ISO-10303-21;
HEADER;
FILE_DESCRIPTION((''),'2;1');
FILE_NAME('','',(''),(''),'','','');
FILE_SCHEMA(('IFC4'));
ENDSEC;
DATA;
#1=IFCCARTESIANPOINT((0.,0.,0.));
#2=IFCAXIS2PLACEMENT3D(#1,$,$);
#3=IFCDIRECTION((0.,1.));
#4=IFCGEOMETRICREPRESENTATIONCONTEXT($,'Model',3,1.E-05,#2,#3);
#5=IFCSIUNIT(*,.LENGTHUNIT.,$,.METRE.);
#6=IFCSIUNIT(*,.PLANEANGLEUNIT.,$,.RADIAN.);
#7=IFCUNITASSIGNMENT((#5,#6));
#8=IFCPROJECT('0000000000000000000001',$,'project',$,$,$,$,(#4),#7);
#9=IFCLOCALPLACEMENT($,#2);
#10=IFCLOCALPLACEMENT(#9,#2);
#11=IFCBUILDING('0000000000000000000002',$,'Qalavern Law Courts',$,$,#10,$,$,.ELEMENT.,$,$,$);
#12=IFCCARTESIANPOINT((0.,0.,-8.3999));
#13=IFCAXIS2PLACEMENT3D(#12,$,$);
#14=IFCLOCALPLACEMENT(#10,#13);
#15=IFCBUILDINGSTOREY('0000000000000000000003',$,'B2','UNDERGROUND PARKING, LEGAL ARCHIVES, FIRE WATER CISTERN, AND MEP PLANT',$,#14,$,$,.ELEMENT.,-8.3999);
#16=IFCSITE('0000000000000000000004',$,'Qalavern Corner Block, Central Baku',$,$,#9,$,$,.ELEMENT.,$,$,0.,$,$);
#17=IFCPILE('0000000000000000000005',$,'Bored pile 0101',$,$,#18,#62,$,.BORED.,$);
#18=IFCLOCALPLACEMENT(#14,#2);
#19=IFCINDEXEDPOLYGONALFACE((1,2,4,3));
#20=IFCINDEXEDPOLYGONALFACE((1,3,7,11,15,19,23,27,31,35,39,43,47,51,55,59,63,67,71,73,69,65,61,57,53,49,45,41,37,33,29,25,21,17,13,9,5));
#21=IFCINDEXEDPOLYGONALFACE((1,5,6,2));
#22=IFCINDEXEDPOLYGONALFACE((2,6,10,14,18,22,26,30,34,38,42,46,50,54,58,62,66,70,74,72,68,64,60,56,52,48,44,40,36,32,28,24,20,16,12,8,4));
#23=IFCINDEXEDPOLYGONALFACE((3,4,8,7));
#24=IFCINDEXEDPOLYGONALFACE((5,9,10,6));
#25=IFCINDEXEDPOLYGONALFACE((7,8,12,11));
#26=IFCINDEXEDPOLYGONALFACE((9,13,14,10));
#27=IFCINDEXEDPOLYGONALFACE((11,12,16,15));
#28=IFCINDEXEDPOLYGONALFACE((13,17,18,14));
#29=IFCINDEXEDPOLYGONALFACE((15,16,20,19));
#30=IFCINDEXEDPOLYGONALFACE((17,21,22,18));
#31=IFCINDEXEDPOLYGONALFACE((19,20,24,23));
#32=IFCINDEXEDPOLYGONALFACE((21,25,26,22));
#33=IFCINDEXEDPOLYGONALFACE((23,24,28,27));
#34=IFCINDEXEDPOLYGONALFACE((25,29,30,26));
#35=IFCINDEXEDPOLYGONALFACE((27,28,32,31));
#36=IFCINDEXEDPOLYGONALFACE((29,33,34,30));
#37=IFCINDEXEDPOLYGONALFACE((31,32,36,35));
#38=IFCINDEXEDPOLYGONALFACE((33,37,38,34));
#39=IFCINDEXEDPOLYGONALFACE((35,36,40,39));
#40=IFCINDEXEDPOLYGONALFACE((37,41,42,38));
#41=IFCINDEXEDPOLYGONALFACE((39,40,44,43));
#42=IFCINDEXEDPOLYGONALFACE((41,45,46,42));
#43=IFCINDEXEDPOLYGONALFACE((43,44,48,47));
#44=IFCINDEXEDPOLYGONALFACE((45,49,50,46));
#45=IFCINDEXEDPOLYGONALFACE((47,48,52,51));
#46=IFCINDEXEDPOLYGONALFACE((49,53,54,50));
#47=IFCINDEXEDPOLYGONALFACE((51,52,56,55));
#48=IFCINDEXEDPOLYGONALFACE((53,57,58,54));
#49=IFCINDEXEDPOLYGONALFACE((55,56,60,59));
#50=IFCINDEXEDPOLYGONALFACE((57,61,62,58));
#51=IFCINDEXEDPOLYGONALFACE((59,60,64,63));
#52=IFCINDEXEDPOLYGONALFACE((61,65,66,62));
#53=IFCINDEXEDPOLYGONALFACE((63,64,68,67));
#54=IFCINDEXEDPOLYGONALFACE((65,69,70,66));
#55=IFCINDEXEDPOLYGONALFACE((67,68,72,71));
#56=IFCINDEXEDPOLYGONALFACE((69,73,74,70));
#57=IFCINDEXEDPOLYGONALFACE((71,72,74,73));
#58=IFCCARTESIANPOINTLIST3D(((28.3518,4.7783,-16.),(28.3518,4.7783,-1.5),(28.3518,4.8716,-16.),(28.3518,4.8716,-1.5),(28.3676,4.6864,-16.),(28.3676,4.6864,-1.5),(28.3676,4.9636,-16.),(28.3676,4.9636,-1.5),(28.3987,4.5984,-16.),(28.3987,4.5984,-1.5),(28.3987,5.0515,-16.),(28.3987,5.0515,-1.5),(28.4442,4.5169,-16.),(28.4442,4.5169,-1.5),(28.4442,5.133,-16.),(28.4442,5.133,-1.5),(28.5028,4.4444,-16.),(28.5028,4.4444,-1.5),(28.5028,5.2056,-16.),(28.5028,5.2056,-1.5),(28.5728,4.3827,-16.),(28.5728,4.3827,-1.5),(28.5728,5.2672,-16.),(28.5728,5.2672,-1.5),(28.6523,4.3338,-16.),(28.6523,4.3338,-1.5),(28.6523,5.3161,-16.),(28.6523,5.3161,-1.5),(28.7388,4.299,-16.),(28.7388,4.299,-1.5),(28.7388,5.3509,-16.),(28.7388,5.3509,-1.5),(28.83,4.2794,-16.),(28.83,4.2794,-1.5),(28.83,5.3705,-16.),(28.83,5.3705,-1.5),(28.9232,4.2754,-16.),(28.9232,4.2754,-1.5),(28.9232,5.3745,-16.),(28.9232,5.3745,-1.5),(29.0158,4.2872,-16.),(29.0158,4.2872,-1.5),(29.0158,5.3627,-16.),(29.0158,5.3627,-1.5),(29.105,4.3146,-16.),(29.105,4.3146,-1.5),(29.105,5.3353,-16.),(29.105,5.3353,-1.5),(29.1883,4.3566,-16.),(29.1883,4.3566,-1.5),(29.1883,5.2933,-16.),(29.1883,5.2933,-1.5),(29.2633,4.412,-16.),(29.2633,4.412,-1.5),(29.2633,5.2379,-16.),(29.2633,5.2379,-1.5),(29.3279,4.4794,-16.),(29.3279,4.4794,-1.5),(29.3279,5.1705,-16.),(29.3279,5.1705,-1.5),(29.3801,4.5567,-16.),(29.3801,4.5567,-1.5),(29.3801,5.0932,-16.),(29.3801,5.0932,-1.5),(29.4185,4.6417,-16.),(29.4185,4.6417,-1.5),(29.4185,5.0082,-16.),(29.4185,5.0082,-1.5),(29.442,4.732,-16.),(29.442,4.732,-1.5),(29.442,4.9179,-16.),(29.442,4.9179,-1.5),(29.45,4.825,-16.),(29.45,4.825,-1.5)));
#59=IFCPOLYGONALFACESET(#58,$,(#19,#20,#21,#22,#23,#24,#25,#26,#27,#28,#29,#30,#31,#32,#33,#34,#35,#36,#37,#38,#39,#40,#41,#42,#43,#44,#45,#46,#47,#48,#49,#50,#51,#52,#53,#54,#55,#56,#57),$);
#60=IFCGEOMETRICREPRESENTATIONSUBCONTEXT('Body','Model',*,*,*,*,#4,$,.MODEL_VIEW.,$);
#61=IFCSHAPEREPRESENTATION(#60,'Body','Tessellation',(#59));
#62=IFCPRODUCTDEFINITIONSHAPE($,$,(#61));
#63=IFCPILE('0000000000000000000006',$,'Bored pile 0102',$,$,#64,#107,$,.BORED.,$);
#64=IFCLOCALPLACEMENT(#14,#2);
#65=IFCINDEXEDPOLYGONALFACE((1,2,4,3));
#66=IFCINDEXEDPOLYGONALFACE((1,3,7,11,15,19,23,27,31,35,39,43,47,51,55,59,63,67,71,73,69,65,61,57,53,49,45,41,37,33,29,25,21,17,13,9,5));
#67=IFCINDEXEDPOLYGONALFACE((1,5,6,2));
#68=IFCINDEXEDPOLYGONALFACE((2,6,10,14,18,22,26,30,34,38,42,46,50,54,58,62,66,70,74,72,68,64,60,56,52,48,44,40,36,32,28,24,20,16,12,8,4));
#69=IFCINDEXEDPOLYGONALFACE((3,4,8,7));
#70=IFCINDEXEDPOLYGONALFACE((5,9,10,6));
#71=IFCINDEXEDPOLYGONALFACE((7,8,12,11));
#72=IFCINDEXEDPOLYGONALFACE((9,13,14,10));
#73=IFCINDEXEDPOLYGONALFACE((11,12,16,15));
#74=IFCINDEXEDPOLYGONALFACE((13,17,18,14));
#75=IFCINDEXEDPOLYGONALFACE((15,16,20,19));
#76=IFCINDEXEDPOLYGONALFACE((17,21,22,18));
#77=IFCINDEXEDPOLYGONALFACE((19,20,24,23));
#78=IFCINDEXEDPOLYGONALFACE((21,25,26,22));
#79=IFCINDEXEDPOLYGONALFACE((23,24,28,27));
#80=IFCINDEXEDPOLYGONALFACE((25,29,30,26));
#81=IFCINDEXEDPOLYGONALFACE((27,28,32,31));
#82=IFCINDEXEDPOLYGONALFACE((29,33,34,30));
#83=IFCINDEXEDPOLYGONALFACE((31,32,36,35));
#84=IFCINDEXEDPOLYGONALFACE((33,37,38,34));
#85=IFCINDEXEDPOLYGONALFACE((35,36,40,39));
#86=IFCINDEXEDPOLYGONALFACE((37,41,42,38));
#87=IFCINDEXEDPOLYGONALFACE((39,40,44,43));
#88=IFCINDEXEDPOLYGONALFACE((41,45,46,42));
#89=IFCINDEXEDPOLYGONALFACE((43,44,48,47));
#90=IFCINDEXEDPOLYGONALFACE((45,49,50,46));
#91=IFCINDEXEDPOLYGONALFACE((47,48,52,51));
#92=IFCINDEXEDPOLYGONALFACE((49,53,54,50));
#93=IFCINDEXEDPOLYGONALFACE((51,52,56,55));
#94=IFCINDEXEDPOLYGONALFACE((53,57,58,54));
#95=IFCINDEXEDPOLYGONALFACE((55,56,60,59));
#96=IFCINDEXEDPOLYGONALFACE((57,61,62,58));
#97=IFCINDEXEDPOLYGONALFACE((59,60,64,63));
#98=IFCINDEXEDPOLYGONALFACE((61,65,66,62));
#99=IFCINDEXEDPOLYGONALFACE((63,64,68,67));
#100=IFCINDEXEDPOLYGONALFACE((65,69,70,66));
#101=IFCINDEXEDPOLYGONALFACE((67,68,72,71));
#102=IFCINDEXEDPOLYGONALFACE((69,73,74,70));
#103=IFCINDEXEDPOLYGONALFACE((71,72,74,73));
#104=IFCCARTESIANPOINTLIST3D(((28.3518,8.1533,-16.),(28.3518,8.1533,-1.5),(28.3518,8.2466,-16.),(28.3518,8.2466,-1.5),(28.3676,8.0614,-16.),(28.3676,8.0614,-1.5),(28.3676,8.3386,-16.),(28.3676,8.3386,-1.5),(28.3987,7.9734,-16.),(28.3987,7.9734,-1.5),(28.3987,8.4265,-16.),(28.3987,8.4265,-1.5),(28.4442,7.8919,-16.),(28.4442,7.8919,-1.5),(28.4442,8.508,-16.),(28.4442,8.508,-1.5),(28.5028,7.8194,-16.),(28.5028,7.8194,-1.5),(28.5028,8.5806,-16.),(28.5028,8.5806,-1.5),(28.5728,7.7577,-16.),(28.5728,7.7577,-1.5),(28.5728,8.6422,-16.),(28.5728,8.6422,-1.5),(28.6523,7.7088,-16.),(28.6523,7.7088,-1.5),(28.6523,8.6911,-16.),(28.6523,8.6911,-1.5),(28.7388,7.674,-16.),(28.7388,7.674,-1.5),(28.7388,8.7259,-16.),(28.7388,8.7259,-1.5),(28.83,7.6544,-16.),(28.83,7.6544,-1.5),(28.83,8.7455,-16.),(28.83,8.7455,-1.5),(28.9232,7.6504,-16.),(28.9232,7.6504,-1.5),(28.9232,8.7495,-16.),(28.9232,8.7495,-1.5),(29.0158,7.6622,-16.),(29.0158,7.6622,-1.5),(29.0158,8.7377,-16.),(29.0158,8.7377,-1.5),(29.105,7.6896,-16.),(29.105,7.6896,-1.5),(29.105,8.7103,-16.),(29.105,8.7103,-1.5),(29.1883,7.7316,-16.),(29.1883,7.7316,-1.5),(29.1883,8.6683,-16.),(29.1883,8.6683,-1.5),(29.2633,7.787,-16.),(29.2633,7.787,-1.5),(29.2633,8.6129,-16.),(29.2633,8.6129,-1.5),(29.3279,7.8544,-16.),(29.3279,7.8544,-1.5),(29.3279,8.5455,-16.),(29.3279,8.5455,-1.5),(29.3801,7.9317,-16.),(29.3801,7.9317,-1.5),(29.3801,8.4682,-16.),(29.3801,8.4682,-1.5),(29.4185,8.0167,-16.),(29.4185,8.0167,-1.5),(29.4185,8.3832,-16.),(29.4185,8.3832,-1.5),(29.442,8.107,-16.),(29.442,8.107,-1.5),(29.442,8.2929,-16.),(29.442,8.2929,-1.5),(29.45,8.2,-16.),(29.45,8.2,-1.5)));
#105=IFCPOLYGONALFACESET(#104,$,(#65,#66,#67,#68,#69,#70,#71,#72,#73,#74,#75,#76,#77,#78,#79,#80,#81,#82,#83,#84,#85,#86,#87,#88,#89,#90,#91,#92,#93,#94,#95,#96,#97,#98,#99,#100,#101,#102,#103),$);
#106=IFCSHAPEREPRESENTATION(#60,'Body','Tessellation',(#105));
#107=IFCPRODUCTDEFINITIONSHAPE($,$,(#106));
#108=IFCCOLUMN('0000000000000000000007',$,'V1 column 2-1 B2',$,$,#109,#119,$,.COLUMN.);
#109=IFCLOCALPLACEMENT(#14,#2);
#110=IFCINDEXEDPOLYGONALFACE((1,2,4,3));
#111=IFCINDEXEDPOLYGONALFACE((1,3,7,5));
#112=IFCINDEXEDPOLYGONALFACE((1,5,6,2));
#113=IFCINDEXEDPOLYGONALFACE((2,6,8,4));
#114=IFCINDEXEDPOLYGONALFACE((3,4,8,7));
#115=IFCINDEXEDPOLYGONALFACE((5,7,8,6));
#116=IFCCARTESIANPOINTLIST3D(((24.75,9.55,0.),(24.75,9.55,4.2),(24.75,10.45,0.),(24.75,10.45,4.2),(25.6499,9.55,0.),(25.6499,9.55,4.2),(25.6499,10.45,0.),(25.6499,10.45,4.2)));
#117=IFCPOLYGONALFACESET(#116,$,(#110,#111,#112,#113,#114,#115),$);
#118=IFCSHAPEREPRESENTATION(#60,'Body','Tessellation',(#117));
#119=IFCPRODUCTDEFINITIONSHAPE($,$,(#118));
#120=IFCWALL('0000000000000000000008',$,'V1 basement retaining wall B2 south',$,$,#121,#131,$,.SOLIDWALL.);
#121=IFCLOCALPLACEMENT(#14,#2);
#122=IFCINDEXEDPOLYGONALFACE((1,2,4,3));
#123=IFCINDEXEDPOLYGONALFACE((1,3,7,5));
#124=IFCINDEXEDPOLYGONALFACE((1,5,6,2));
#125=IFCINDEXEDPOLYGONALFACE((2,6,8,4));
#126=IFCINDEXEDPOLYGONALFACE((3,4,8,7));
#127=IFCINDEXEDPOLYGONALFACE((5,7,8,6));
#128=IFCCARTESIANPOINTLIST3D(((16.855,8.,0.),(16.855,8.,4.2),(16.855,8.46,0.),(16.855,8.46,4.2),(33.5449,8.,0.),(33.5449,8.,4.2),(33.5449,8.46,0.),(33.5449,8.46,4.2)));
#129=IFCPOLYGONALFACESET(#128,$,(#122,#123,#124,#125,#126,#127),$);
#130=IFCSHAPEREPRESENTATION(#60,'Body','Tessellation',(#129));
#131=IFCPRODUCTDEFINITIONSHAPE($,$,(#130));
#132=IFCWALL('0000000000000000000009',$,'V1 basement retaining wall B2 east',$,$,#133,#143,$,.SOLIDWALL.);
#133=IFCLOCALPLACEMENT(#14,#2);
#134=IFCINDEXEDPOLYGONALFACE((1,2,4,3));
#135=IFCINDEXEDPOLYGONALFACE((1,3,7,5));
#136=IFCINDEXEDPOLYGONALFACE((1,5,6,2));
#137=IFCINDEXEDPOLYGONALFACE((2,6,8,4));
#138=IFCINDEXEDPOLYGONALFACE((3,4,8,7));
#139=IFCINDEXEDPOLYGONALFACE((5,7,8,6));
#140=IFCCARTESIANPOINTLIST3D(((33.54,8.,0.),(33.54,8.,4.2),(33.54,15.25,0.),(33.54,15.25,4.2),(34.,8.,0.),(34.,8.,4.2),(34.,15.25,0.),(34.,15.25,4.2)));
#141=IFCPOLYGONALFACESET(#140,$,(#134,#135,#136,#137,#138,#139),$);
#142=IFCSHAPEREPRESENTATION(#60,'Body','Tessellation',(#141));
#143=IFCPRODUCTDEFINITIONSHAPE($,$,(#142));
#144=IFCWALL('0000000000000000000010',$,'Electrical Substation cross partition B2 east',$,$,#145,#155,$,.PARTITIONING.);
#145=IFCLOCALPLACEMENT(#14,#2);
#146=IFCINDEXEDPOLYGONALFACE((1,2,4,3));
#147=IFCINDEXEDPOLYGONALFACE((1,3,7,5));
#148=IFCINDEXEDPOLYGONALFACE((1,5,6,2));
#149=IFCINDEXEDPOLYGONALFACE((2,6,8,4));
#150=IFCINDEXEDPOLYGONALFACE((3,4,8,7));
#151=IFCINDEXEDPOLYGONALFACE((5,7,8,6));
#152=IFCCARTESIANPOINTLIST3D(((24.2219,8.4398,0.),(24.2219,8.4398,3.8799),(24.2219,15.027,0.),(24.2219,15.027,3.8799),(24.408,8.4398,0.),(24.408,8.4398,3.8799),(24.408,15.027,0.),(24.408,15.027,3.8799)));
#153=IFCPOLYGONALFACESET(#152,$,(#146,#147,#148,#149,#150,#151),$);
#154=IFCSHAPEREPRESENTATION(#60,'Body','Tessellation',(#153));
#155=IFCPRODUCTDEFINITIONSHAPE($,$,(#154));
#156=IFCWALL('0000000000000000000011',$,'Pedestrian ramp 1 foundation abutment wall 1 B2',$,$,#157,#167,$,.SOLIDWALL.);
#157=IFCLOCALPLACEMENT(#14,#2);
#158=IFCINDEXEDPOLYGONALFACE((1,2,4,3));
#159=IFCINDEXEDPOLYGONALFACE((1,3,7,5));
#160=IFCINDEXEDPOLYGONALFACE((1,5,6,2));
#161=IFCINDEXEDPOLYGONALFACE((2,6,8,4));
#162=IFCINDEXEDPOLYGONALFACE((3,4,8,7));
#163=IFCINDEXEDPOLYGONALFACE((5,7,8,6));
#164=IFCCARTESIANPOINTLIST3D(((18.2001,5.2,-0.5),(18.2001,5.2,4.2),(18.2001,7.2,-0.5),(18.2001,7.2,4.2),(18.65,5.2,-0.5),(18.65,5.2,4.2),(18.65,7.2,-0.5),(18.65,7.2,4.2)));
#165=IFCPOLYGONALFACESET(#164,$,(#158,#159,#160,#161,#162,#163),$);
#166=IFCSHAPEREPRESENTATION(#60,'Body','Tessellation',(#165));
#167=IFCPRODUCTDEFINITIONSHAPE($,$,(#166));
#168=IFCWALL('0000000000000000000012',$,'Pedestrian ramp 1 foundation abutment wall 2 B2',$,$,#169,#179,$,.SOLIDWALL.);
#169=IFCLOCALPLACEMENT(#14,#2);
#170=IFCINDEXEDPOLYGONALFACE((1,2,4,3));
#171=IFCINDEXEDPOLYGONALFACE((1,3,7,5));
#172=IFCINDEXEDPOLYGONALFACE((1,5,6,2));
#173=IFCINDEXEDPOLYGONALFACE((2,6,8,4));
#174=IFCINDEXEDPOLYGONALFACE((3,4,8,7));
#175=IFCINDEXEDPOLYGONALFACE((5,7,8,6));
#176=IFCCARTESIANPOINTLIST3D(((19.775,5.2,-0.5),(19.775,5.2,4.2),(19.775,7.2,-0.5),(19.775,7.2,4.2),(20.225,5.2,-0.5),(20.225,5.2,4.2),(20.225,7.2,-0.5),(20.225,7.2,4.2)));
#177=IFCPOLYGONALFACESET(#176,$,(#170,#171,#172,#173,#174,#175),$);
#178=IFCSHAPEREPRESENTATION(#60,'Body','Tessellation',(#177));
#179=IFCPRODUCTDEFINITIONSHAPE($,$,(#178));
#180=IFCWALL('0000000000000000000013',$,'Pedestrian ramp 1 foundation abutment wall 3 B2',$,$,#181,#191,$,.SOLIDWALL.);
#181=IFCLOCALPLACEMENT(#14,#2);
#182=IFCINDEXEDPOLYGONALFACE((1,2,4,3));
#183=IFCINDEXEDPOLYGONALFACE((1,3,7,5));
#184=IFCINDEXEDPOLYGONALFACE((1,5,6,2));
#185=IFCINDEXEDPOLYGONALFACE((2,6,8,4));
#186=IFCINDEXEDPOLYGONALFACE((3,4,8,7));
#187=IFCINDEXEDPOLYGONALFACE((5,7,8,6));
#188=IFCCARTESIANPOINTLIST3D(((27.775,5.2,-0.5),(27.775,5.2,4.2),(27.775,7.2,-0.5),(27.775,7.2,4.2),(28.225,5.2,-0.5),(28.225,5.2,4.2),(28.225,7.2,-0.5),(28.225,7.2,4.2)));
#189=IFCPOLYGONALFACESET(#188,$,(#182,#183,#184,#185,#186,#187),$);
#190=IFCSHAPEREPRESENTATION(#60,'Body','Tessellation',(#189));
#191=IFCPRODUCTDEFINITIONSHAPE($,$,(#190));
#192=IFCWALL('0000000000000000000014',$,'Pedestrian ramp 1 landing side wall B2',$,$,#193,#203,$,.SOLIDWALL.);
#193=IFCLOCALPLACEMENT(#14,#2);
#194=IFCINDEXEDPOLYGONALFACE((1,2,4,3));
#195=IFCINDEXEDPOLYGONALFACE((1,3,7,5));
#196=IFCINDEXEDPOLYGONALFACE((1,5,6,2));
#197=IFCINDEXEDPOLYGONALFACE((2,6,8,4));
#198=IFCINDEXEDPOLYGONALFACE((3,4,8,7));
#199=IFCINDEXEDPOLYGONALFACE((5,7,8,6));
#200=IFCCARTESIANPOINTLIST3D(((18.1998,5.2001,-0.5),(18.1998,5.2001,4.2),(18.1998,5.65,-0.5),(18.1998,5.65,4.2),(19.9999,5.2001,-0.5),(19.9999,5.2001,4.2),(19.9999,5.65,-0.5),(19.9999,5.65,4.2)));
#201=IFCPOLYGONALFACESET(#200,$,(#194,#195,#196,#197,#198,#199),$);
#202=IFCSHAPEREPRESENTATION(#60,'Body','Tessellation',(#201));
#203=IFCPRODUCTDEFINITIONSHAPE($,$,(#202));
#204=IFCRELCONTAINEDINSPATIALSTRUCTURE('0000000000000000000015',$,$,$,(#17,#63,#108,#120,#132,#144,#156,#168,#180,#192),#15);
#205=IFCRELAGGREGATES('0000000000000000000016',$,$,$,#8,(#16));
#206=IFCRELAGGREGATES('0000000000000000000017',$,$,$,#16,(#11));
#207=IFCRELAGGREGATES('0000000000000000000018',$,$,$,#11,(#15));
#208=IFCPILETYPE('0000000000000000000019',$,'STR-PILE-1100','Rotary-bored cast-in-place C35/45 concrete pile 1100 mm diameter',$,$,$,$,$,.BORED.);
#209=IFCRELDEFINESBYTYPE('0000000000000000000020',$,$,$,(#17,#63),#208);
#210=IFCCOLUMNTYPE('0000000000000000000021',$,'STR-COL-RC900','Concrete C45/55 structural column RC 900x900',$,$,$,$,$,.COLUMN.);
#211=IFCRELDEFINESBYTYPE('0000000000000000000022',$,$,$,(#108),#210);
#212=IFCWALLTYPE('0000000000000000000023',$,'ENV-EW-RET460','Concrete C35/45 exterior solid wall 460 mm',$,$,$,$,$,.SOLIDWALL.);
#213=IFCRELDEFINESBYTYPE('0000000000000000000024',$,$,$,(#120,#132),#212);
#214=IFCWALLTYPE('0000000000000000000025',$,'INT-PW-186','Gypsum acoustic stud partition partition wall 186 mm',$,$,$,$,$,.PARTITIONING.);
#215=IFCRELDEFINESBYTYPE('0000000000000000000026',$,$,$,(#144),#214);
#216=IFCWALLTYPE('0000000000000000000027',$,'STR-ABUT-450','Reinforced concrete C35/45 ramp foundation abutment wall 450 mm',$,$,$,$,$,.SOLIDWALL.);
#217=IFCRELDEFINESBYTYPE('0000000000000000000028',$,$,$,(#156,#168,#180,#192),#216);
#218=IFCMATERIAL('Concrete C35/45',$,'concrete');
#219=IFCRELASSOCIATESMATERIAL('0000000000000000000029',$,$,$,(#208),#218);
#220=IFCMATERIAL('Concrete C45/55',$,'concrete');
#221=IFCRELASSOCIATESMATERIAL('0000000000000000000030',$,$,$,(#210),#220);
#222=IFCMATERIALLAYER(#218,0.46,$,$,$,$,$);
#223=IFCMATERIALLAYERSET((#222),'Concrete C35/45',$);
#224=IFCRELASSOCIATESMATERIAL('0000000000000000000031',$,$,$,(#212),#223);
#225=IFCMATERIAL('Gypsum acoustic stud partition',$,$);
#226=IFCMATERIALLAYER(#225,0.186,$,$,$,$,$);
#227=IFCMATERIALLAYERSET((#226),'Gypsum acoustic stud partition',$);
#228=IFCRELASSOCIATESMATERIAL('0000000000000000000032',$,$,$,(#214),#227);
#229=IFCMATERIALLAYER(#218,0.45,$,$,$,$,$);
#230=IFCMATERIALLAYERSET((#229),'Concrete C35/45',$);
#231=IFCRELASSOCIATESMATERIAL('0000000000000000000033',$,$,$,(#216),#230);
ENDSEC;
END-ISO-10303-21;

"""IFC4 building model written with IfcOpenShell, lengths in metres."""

from ifc_helpers import new_model, si_unit, direction, frame, frame_2d, origin, origin_2d, place, context, subcontext, project, spatial, rectangle, circle, extrude, material, layer, layer_set, material_profile, profile_set, type_object, element, save


model = new_model("IFC4")

# Units and contexts
model_context = context("Model", 3, precision=1e-05, world=origin(), true_north=direction((0.0, 1.0)))
body_context = subcontext(model_context, "Body", "Model", "MODEL_VIEW")
ifc_project = project(units=[si_unit("LENGTHUNIT", "METRE"), si_unit("PLANEANGLEUNIT", "RADIAN")], contexts=[model_context])

# Site, building, storey
site_placement = place(None, origin())
site = spatial("IfcSite", under=ifc_project, at=site_placement, Name="Qalavern Corner Block, Central Baku", CompositionType="ELEMENT", RefElevation=0.0)
building_placement = place(site_placement, origin())
building = spatial("IfcBuilding", under=site, at=building_placement, Name="Qalavern Law Courts", CompositionType="ELEMENT")
storey_placement = place(building_placement, frame((0.0, 0.0, -8.3999)))
storey = spatial("IfcBuildingStorey", under=building, at=storey_placement, Name="B2", Description="UNDERGROUND PARKING, LEGAL ARCHIVES, FIRE WATER CISTERN, AND MEP PLANT", CompositionType="ELEMENT", Elevation=-8.3999)

# Shared definitions
ifc_material_1 = material(Name="Concrete C35/45", Category="concrete")

# Piles
ifc_material_profile_1 = material_profile(ifc_material_1, circle(Radius=0.55, at=origin_2d()), Name="BORED PILE 1100")
ifc_profile_set_1 = profile_set([ifc_material_profile_1], Name="Concrete C35/45")
pile_type = type_object("IfcPileType", Name="STR-PILE-1100", Description="Rotary-bored cast-in-place C35/45 concrete pile 1100 mm diameter", PredefinedType="BORED", material=ifc_profile_set_1)
for number, where, z_axis, x_axis, name in (
    (1, (28.8999, 4.825, -1.5), (0.0, 0.0, -1.0), (1.0, 0.0, 0.0), "Bored pile 0101"),
    (2, (28.8999, 8.2, -1.5), (0.0, 0.0, -1.0), (1.0, 0.0, 0.0), "Bored pile 0102"),
):
    element("IfcPile", number, at=place(storey_placement, frame(where, z_axis=z_axis, x_axis=x_axis)), inside=storey, type_object=pile_type, Name=name, PredefinedType="BORED", context=body_context, shape_type="SweptSolid", body=[
        extrude(circle(Radius=0.55, at=origin_2d()), origin(), (0.0, 0.0, 1.0), 14.5),
    ])

# Column
ifc_material_2 = material(Name="Concrete C45/55", Category="concrete")
ifc_material_profile_2 = material_profile(ifc_material_2, rectangle(XDim=0.8999, YDim=0.8999, at=origin_2d()), Name="RC 900x900")
ifc_profile_set_2 = profile_set([ifc_material_profile_2], Name="Concrete C45/55")
column_type = type_object("IfcColumnType", Name="STR-COL-RC900", Description="Concrete C45/55 structural column RC 900x900", PredefinedType="COLUMN", material=ifc_profile_set_2)
column_placement = place(storey_placement, frame((25.2, 10.0, 0.0), z_axis=(0.0, 0.0, 1.0), x_axis=(1.0, 0.0, 0.0)))
element("IfcColumn", 3, at=column_placement, inside=storey, type_object=column_type, Name="V1 column 2-1 B2", PredefinedType="COLUMN", context=body_context, shape_type="SweptSolid", body=[
    extrude(rectangle(XDim=0.8999, YDim=0.8999, at=origin_2d()), origin(), (0.0, 0.0, 1.0), 4.2),
])

# Walls
ifc_layer_1 = layer(ifc_material_1, 0.46)
ifc_layer_set_1 = layer_set([ifc_layer_1], Name="Concrete C35/45")
wall_type_1 = type_object("IfcWallType", Name="ENV-EW-RET460", Description="Concrete C35/45 exterior solid wall 460 mm", PredefinedType="SOLIDWALL", material=ifc_layer_set_1)
wall_1_placement = place(storey_placement, frame((16.855, 8.23, 0.0), z_axis=(0.0, 0.0, 1.0), x_axis=(1.0, 0.0, 0.0)))
element("IfcWall", 4, at=wall_1_placement, inside=storey, type_object=wall_type_1, Name="V1 basement retaining wall B2 south", PredefinedType="SOLIDWALL", context=body_context, shape_type="SweptSolid", body=[
    extrude(rectangle(XDim=16.6899, YDim=0.46, at=frame_2d((8.345, 0.0))), origin(), (0.0, 0.0, 1.0), 4.2),
])
wall_2_placement = place(storey_placement, frame((33.77, 8.0, 0.0), z_axis=(0.0, 0.0, 1.0), x_axis=(0.0, 1.0, 0.0)))
element("IfcWall", 5, at=wall_2_placement, inside=storey, type_object=wall_type_1, Name="V1 basement retaining wall B2 east", PredefinedType="SOLIDWALL", context=body_context, shape_type="SweptSolid", body=[
    extrude(rectangle(XDim=7.25, YDim=0.46, at=frame_2d((3.625, 0.0))), origin(), (0.0, 0.0, 1.0), 4.2),
])
ifc_material_3 = material(Name="Gypsum acoustic stud partition")
ifc_layer_2 = layer(ifc_material_3, 0.186)
ifc_layer_set_2 = layer_set([ifc_layer_2], Name="Gypsum acoustic stud partition")
wall_type_2 = type_object("IfcWallType", Name="INT-PW-186", Description="Gypsum acoustic stud partition partition wall 186 mm", PredefinedType="PARTITIONING", material=ifc_layer_set_2)
wall_3_placement = place(storey_placement, frame((24.3149, 8.4399, 0.0), z_axis=(0.0, 0.0, 1.0), x_axis=(0.0, 1.0, 0.0)))
element("IfcWall", 6, at=wall_3_placement, inside=storey, type_object=wall_type_2, Name="Electrical Substation cross partition B2 east", PredefinedType="PARTITIONING", context=body_context, shape_type="SweptSolid", body=[
    extrude(rectangle(XDim=6.5872, YDim=0.186, at=frame_2d((3.2935, 0.0))), origin(), (0.0, 0.0, 1.0), 3.8799),
])
ifc_layer_3 = layer(ifc_material_1, 0.45)
ifc_layer_set_3 = layer_set([ifc_layer_3], Name="Concrete C35/45")
wall_type_3 = type_object("IfcWallType", Name="STR-ABUT-450", Description="Reinforced concrete C35/45 ramp foundation abutment wall 450 mm", PredefinedType="SOLIDWALL", material=ifc_layer_set_3)
for number, where, z_axis, x_axis, name in (
    (7, (18.425, 5.2, -0.5), (0.0, 0.0, 1.0), (0.0, 1.0, 0.0), "Pedestrian ramp 1 foundation abutment wall 1 B2"),
    (8, (20.0, 5.2, -0.5), (0.0, 0.0, 1.0), (0.0, 1.0, 0.0), "Pedestrian ramp 1 foundation abutment wall 2 B2"),
    (9, (28.0, 5.2, -0.5), (0.0, 0.0, 1.0), (0.0, 1.0, 0.0), "Pedestrian ramp 1 foundation abutment wall 3 B2"),
):
    element("IfcWall", number, at=place(storey_placement, frame(where, z_axis=z_axis, x_axis=x_axis)), inside=storey, type_object=wall_type_3, Name=name, PredefinedType="SOLIDWALL", context=body_context, shape_type="SweptSolid", body=[
        extrude(rectangle(XDim=2.0, YDim=0.45, at=frame_2d((1.0, 0.0))), origin(), (0.0, 0.0, 1.0), 4.7),
    ])
wall_4_placement = place(storey_placement, frame((18.2, 5.425, -0.5), z_axis=(0.0, 0.0, 1.0), x_axis=(1.0, 0.0, 0.0)))
element("IfcWall", 10, at=wall_4_placement, inside=storey, type_object=wall_type_3, Name="Pedestrian ramp 1 landing side wall B2", PredefinedType="SOLIDWALL", context=body_context, shape_type="SweptSolid", body=[
    extrude(rectangle(XDim=1.8, YDim=0.45, at=frame_2d((0.8999, 0.0))), origin(), (0.0, 0.0, 1.0), 4.7),
])

save(model, "model.ifc")
